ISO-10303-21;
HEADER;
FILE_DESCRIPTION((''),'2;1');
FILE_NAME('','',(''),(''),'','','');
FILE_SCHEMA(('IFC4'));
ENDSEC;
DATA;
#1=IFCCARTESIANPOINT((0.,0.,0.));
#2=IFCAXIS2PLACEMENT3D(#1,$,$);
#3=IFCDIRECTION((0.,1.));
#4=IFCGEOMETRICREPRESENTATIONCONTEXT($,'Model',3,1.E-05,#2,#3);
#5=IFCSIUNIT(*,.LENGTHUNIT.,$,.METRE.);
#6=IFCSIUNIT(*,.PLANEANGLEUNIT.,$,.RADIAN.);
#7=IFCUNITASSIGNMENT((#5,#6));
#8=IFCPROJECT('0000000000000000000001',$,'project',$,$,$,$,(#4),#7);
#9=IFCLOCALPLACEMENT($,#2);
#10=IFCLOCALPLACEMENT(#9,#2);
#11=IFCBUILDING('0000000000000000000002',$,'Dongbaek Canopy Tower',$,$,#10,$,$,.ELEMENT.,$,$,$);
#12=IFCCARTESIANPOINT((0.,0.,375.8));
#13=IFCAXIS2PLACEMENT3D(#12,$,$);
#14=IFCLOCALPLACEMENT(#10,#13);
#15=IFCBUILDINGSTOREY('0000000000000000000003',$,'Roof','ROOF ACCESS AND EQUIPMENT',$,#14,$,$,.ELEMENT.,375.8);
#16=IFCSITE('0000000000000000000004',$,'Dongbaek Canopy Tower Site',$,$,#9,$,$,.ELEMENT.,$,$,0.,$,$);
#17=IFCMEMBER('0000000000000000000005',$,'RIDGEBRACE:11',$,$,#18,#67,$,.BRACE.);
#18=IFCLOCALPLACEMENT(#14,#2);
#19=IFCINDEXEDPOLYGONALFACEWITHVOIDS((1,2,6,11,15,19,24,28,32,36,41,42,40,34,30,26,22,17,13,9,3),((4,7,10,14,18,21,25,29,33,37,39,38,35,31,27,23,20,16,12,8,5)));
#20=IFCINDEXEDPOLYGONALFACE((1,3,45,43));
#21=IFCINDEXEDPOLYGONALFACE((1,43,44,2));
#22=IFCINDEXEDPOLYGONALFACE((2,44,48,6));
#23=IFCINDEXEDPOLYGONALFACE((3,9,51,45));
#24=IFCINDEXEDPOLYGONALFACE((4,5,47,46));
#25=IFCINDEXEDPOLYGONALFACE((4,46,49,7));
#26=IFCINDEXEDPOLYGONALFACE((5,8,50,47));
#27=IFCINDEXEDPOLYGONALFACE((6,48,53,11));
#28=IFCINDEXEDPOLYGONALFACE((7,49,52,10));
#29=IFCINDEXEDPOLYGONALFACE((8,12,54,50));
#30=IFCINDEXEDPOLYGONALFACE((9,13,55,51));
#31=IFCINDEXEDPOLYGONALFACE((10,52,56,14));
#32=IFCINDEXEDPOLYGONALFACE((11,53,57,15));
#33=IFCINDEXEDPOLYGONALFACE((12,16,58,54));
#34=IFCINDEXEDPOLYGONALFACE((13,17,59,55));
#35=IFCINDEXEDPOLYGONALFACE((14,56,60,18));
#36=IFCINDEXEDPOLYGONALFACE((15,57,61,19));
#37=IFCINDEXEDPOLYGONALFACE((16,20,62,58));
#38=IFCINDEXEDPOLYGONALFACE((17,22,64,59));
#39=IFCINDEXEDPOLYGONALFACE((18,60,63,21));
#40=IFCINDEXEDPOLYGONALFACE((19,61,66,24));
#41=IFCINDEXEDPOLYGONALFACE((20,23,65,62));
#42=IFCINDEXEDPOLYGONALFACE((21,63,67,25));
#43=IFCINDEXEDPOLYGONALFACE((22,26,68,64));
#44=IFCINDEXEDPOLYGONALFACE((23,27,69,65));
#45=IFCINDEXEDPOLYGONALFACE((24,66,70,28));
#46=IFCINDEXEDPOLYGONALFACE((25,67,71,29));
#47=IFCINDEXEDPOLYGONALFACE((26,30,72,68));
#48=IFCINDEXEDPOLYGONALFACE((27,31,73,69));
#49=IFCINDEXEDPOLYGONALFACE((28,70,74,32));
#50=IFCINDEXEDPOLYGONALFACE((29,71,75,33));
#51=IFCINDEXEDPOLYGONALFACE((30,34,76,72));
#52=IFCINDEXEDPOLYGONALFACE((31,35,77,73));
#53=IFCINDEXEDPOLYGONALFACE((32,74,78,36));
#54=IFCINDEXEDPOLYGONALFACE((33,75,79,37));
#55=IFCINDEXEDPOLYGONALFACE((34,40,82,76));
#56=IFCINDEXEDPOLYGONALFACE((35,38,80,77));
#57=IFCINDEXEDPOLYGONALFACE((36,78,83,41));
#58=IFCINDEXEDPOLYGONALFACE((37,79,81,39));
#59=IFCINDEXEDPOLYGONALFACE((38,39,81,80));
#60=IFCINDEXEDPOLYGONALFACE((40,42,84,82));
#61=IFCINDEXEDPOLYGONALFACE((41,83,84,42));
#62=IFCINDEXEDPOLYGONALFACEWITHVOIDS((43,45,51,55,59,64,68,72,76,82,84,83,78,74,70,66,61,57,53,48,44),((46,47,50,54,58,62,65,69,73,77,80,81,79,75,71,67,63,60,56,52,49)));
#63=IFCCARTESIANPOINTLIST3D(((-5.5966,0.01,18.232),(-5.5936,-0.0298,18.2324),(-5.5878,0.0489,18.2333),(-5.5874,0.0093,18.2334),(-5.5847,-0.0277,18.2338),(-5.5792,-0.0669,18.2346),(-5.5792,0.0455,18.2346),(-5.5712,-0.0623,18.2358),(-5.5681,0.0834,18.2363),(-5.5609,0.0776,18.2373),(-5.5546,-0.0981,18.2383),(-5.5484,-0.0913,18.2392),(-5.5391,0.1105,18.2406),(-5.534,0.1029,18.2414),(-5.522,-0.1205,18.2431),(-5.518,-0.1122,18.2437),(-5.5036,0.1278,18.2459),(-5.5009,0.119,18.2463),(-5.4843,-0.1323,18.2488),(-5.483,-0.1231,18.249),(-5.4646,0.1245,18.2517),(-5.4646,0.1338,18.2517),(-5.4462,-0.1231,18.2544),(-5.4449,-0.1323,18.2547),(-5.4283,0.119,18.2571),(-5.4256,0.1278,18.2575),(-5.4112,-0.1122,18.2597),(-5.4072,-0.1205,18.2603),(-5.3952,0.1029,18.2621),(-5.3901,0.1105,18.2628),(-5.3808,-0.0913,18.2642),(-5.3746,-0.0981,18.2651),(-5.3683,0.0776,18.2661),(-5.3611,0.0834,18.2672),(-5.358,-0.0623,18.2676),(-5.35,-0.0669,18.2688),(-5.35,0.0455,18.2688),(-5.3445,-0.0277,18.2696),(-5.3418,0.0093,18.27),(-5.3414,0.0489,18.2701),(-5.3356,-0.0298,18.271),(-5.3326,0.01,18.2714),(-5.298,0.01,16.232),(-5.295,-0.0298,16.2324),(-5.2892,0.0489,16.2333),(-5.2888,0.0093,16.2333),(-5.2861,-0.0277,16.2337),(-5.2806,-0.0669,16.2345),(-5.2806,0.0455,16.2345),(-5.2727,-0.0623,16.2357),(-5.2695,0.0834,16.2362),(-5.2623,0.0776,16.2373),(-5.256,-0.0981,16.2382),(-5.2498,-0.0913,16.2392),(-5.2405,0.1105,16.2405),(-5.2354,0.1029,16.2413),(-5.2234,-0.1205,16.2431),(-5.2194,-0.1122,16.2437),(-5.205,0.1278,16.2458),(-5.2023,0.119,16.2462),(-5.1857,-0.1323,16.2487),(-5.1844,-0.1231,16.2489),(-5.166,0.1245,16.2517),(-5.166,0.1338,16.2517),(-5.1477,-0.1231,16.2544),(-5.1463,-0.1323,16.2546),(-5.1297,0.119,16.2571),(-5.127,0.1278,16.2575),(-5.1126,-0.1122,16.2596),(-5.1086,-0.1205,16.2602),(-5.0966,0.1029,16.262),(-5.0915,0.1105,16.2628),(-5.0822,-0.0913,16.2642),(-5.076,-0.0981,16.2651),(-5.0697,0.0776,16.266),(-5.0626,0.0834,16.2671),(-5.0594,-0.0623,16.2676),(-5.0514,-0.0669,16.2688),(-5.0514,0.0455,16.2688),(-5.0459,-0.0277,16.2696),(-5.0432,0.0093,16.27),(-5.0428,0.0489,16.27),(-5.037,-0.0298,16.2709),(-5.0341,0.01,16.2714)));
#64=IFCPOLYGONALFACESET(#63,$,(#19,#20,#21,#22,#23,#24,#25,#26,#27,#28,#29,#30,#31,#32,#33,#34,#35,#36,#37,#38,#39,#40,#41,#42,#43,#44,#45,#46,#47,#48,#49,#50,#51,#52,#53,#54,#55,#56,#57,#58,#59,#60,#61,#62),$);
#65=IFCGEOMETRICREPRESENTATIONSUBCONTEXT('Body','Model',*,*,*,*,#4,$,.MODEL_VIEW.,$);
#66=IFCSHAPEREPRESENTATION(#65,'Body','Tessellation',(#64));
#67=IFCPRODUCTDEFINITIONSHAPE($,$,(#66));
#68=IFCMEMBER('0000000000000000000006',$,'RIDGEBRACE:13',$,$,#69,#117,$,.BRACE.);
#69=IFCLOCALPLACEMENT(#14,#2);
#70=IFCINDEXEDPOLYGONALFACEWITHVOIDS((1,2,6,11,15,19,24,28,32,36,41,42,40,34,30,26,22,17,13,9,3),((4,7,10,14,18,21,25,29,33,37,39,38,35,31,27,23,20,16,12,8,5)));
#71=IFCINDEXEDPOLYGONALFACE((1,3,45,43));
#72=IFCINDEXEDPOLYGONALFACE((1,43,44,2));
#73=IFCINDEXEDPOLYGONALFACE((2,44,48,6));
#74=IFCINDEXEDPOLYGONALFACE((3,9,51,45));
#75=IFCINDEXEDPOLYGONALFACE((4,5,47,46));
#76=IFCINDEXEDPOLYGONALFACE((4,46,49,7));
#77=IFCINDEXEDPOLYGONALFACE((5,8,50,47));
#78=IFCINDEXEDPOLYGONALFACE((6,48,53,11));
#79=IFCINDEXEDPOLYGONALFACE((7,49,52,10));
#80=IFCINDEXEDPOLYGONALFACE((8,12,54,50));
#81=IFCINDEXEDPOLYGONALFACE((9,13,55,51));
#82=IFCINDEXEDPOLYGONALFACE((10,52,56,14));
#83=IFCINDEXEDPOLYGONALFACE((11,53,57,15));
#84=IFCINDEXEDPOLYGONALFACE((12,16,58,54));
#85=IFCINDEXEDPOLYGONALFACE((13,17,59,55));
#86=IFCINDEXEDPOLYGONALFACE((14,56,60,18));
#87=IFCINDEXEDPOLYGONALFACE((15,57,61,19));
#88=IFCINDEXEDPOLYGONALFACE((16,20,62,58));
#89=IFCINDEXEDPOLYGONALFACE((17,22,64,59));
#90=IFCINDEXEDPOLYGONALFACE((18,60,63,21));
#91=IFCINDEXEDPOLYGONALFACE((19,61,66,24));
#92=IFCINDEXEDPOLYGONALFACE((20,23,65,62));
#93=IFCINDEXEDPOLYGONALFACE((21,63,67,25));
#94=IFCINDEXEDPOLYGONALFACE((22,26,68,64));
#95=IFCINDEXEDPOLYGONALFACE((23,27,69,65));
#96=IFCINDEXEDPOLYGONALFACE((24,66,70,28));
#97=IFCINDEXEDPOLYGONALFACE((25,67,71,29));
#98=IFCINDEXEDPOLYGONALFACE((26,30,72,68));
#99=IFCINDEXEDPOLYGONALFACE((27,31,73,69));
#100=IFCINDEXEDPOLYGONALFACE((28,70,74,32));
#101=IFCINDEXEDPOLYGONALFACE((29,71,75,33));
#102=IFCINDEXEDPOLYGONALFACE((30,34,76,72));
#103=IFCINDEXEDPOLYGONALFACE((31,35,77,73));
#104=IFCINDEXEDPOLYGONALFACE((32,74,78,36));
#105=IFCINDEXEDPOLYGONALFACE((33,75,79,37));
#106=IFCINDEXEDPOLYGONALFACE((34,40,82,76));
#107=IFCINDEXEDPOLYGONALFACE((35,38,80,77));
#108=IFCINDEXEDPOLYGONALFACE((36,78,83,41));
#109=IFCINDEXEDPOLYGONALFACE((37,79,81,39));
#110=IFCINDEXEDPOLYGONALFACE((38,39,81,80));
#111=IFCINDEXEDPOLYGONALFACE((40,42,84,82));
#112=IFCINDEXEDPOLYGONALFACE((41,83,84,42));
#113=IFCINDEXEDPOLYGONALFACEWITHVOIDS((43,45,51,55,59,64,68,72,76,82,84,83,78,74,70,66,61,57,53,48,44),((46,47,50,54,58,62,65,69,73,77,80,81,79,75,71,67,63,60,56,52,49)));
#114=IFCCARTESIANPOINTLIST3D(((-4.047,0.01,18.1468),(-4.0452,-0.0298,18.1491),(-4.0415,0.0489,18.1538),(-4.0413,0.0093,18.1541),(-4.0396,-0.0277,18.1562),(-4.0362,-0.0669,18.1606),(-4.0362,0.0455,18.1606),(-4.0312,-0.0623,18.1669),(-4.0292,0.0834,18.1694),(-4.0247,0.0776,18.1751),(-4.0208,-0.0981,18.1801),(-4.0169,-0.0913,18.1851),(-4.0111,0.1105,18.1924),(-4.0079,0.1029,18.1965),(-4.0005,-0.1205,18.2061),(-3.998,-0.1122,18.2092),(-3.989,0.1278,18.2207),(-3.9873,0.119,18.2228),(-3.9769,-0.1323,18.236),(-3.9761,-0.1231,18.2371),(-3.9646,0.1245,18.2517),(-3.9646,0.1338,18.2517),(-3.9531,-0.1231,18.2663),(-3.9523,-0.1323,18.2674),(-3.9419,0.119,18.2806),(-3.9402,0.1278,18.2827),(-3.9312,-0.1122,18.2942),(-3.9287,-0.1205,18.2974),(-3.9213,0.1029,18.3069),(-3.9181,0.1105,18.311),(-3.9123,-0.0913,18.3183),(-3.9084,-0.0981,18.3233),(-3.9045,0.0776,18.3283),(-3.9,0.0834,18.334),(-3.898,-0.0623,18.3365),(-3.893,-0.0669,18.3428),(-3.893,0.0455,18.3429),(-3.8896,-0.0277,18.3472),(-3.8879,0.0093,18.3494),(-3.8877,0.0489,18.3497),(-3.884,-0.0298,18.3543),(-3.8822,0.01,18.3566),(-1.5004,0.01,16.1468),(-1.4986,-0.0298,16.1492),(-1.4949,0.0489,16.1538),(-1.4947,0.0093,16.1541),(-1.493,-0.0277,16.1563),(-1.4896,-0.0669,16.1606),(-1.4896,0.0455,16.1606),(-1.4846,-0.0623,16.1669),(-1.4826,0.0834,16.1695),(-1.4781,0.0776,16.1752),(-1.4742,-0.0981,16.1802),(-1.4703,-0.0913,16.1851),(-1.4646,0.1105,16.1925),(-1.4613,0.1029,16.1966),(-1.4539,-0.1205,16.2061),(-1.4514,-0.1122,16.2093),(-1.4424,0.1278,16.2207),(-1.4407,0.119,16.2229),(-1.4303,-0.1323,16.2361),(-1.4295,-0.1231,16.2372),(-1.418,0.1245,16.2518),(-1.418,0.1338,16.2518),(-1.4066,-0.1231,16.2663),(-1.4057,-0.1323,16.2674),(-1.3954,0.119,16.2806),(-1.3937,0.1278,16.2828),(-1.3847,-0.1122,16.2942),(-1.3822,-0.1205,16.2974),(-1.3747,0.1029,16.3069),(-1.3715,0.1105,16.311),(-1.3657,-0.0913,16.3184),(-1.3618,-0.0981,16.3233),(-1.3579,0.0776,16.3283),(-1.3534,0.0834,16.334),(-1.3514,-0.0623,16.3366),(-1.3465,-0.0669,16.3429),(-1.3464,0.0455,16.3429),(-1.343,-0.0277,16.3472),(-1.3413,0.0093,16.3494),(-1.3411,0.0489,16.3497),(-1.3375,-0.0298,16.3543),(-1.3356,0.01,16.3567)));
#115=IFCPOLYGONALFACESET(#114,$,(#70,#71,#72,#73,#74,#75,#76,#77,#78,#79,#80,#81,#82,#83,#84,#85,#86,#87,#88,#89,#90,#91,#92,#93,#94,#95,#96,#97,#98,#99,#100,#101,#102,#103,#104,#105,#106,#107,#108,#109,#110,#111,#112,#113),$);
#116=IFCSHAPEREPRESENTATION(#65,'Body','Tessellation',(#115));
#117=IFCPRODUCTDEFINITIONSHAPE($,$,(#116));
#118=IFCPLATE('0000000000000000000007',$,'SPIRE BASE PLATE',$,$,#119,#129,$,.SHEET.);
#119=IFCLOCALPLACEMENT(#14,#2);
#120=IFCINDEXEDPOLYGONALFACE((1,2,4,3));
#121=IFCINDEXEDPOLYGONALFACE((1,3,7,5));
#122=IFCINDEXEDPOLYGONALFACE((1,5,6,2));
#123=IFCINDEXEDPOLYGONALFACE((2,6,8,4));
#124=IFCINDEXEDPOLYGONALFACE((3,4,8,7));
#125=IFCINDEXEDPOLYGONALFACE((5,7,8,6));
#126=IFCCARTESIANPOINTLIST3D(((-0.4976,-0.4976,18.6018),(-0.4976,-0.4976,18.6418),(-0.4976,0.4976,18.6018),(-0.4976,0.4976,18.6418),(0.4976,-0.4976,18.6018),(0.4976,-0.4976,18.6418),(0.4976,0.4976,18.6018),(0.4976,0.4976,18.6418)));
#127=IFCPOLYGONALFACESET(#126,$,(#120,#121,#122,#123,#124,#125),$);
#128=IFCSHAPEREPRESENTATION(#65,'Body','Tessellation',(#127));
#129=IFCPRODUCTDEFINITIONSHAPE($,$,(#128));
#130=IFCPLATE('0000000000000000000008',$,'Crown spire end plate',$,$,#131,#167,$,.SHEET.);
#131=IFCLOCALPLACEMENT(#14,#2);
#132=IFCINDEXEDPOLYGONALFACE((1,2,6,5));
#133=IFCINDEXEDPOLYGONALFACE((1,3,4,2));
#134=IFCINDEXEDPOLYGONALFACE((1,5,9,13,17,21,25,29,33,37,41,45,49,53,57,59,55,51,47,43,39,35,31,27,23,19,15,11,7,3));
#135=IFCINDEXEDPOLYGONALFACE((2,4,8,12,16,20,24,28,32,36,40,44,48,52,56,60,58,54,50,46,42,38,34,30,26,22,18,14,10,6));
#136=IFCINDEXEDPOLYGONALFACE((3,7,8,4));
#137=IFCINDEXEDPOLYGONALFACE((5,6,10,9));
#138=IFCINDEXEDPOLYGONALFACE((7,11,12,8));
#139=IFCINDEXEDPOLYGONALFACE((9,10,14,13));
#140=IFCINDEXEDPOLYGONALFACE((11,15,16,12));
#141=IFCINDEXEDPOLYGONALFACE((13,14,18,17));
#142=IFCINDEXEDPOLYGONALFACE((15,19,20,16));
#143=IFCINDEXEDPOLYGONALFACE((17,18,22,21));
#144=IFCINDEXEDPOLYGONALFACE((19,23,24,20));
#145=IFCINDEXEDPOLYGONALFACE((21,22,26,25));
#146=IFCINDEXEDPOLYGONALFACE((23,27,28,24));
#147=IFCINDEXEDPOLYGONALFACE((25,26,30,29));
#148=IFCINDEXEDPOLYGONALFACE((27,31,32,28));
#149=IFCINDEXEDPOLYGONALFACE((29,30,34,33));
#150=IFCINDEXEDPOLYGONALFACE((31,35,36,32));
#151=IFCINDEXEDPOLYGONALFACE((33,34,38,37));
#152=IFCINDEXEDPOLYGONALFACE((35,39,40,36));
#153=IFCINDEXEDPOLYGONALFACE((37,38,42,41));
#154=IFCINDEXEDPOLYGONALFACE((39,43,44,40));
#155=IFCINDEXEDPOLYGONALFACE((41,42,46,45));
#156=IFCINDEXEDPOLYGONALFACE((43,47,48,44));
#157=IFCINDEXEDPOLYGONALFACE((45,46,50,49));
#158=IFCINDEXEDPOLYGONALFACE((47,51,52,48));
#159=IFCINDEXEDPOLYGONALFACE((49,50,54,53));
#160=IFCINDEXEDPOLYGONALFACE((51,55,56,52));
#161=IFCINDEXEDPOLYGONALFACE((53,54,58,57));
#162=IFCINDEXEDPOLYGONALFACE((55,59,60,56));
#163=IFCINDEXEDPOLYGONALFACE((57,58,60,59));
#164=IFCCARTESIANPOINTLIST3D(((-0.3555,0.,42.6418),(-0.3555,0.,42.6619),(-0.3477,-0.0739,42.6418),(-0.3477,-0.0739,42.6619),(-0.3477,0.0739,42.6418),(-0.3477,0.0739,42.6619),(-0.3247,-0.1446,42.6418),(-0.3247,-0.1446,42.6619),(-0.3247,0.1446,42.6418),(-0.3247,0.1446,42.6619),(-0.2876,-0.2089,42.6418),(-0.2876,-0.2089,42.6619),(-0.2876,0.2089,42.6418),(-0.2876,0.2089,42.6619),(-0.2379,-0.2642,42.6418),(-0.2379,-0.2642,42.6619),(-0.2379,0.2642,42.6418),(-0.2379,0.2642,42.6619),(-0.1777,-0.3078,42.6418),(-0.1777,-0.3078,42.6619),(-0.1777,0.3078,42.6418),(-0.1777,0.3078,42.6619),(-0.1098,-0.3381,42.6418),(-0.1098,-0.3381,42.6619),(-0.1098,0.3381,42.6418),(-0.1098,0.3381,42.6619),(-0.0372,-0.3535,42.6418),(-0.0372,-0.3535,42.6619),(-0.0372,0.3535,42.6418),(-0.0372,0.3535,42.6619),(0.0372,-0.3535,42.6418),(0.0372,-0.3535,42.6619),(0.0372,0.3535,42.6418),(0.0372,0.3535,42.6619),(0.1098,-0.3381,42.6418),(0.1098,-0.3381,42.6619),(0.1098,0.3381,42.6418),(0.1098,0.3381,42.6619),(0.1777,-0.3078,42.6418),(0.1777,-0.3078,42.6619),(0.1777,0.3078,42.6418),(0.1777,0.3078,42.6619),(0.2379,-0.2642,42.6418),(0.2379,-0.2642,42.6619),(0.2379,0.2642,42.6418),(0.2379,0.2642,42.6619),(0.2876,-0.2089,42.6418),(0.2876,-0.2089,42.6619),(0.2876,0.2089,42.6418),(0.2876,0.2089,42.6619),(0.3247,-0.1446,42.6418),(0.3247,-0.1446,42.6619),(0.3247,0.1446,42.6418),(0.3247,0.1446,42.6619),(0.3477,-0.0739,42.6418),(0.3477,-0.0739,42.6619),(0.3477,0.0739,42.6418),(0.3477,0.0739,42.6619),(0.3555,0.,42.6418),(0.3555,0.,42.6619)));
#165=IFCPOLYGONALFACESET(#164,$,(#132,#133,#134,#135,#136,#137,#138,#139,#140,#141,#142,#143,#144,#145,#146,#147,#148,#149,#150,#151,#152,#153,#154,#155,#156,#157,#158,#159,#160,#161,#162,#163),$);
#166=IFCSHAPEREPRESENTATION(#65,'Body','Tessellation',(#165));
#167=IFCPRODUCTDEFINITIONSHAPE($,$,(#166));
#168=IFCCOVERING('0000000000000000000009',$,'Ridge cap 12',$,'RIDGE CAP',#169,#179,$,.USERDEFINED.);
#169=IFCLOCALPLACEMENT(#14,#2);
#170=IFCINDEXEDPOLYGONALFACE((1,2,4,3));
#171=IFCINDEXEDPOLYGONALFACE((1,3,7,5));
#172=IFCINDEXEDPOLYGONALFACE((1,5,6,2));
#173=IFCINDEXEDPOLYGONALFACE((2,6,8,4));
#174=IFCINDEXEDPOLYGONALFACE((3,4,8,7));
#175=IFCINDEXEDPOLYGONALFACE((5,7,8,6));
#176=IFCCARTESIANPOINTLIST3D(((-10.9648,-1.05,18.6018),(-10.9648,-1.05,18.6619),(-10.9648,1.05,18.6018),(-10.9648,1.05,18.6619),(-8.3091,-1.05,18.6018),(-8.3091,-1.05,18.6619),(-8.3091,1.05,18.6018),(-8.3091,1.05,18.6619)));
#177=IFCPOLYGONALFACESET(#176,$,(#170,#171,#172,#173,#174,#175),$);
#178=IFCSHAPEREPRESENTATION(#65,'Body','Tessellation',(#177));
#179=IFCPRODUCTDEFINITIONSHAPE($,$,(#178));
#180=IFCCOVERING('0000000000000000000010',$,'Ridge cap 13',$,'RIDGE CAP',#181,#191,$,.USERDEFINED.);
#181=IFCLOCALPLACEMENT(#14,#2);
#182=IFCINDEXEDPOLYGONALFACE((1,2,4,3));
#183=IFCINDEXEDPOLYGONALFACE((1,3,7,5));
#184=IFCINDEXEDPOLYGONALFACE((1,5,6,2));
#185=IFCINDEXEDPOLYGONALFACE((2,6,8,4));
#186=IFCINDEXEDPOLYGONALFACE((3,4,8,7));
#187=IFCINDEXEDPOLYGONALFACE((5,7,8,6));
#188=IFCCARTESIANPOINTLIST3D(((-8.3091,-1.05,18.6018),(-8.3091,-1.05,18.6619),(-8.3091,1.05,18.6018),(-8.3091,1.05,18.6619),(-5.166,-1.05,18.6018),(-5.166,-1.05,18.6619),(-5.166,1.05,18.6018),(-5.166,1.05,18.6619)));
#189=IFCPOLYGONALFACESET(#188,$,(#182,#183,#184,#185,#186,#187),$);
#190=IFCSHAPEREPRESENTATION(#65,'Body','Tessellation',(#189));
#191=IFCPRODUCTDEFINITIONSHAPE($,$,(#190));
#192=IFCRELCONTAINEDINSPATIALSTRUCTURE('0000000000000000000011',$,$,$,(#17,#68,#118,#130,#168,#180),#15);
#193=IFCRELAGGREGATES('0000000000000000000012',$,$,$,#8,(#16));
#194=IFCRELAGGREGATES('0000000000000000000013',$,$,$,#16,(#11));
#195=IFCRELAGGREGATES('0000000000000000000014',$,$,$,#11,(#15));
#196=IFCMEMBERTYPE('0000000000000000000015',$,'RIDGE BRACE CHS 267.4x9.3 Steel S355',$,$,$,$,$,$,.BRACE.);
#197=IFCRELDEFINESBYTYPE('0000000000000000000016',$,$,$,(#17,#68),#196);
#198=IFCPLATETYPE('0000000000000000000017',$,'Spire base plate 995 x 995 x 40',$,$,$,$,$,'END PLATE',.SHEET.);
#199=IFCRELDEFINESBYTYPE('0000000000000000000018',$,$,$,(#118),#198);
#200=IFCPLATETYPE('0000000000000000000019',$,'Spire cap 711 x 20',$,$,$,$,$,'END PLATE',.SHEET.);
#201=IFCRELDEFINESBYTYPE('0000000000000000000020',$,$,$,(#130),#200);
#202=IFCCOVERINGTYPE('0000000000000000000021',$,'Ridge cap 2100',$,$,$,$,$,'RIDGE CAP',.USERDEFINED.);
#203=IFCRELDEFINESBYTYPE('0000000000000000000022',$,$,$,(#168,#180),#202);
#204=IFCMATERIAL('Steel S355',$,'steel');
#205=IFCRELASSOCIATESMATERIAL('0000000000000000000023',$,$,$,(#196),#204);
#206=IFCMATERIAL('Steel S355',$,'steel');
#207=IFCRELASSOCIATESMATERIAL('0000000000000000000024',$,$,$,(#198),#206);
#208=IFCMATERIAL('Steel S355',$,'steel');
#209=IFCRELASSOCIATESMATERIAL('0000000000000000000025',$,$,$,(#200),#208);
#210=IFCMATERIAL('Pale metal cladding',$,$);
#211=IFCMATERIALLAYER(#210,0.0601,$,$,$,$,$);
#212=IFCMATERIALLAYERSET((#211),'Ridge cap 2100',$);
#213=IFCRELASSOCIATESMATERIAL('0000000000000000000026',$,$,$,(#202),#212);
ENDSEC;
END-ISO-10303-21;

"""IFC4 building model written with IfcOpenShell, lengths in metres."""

from ifc_helpers import new_model, si_unit, direction, frame, origin, origin_2d, place, context, subcontext, project, spatial, rectangle, circle, hollow_circle, extrude, material, layer, layer_set, material_profile, profile_set, type_object, element, save


model = new_model("IFC4")

# Units and contexts
model_context = context("Model", 3, precision=1e-05, world=origin(), true_north=direction((0.0, 1.0)))
body_context = subcontext(model_context, "Body", "Model", "MODEL_VIEW")
ifc_project = project(units=[si_unit("LENGTHUNIT", "METRE"), si_unit("PLANEANGLEUNIT", "RADIAN")], contexts=[model_context])

# Site, building, storey
site_placement = place(None, origin())
site = spatial("IfcSite", under=ifc_project, at=site_placement, Name="Dongbaek Canopy Tower Site", CompositionType="ELEMENT", RefElevation=0.0)
building_placement = place(site_placement, origin())
building = spatial("IfcBuilding", under=site, at=building_placement, Name="Dongbaek Canopy Tower", CompositionType="ELEMENT")
storey_placement = place(building_placement, frame((0.0, 0.0, 375.8)))
storey = spatial("IfcBuildingStorey", under=building, at=storey_placement, Name="Roof", Description="ROOF ACCESS AND EQUIPMENT", CompositionType="ELEMENT", Elevation=375.8)

# Members
ifc_material_1 = material(Name="Steel S355", Category="steel")
ifc_material_profile_1 = material_profile(ifc_material_1, hollow_circle(Radius=0.1338, WallThickness=0.0093, at=origin_2d()), Name="RIDGE BRACE CHS 267.4x9.3 Steel S355")
ifc_profile_set_1 = profile_set([ifc_material_profile_1], Name="Steel S355")
member_type_1 = type_object("IfcMemberType", Name="RIDGE BRACE CHS 267.4x9.3 Steel S355", PredefinedType="BRACE", material=ifc_profile_set_1)
member_1_placement = place(storey_placement, frame((-5.4646, 0.0, 18.2517), z_axis=(0.147656, 0.0, -0.989039), x_axis=(0.0, 1.0, 0.0)))
element("IfcMember", 1, at=member_1_placement, inside=storey, type_object=member_type_1, Name="RIDGEBRACE:11", PredefinedType="BRACE", context=body_context, shape_type="SweptSolid", body=[
    extrude(hollow_circle(Radius=0.1338, WallThickness=0.0093, at=origin_2d()), origin(), (0.0, 0.0, 1.0), 2.0222),
])
member_2_placement = place(storey_placement, frame((-3.9646, 0.0, 18.2517), z_axis=(0.786457, 0.0, -0.617645), x_axis=(0.0, 1.0, 0.0)))
element("IfcMember", 2, at=member_2_placement, inside=storey, type_object=member_type_1, Name="RIDGEBRACE:13", PredefinedType="BRACE", context=body_context, shape_type="SweptSolid", body=[
    extrude(hollow_circle(Radius=0.1338, WallThickness=0.0093, at=origin_2d()), origin(), (0.0, 0.0, 1.0), 3.238),
])

# Plates
ifc_material_2 = material(Name="Steel S355", Category="steel")
ifc_material_profile_2 = material_profile(ifc_material_2, rectangle(XDim=0.9951, YDim=0.9951, at=origin_2d()), Name="Spire base plate 995 x 995 x 40")
ifc_profile_set_2 = profile_set([ifc_material_profile_2], Name="Steel S355")
plate_type_1 = type_object("IfcPlateType", Name="Spire base plate 995 x 995 x 40", ElementType="END PLATE", PredefinedType="SHEET", material=ifc_profile_set_2)
plate_1_placement = place(storey_placement, frame((0.0, 0.0, 18.6018), z_axis=(0.0, 0.0, 1.0), x_axis=(1.0, 0.0, 0.0)))
element("IfcPlate", 3, at=plate_1_placement, inside=storey, type_object=plate_type_1, Name="SPIRE BASE PLATE", PredefinedType="SHEET", context=body_context, shape_type="SweptSolid", body=[
    extrude(rectangle(XDim=0.9951, YDim=0.9951, at=origin_2d()), origin(), (0.0, 0.0, 1.0), 0.04),
])
ifc_material_3 = material(Name="Steel S355", Category="steel")
ifc_material_profile_3 = material_profile(ifc_material_3, circle(Radius=0.3555, at=origin_2d()), Name="Spire cap 711 x 20")
ifc_profile_set_3 = profile_set([ifc_material_profile_3], Name="Steel S355")
plate_type_2 = type_object("IfcPlateType", Name="Spire cap 711 x 20", ElementType="END PLATE", PredefinedType="SHEET", material=ifc_profile_set_3)
plate_2_placement = place(storey_placement, frame((0.0, 0.0, 42.6418), z_axis=(0.0, 0.0, 1.0), x_axis=(1.0, 0.0, 0.0)))
element("IfcPlate", 4, at=plate_2_placement, inside=storey, type_object=plate_type_2, Name="Crown spire end plate", PredefinedType="SHEET", context=body_context, shape_type="SweptSolid", body=[
    extrude(circle(Radius=0.3555, at=origin_2d()), origin(), (0.0, 0.0, 1.0), 0.02),
])

# Coverings
ifc_material_4 = material(Name="Pale metal cladding")
ifc_layer_1 = layer(ifc_material_4, 0.0601)
ifc_layer_set_1 = layer_set([ifc_layer_1], Name="Ridge cap 2100")
covering_type = type_object("IfcCoveringType", Name="Ridge cap 2100", ElementType="RIDGE CAP", PredefinedType="USERDEFINED", material=ifc_layer_set_1)
covering_1_placement = place(storey_placement, frame((-9.637, 0.0, 18.6018), z_axis=(0.0, 0.0, 1.0), x_axis=(1.0, 0.0, 0.0)))
element("IfcCovering", 5, at=covering_1_placement, inside=storey, type_object=covering_type, Name="Ridge cap 12", ObjectType="RIDGE CAP", PredefinedType="USERDEFINED", context=body_context, shape_type="SweptSolid", body=[
    extrude(rectangle(XDim=2.6558, YDim=2.1001, at=origin_2d()), origin(), (0.0, 0.0, 1.0), 0.0601),
])
covering_2_placement = place(storey_placement, frame((-6.7375, 0.0, 18.6018), z_axis=(0.0, 0.0, 1.0), x_axis=(1.0, 0.0, 0.0)))
element("IfcCovering", 6, at=covering_2_placement, inside=storey, type_object=covering_type, Name="Ridge cap 13", ObjectType="RIDGE CAP", PredefinedType="USERDEFINED", context=body_context, shape_type="SweptSolid", body=[
    extrude(rectangle(XDim=3.1431, YDim=2.1001, at=origin_2d()), origin(), (0.0, 0.0, 1.0), 0.0601),
])

save(model, "model.ifc")
